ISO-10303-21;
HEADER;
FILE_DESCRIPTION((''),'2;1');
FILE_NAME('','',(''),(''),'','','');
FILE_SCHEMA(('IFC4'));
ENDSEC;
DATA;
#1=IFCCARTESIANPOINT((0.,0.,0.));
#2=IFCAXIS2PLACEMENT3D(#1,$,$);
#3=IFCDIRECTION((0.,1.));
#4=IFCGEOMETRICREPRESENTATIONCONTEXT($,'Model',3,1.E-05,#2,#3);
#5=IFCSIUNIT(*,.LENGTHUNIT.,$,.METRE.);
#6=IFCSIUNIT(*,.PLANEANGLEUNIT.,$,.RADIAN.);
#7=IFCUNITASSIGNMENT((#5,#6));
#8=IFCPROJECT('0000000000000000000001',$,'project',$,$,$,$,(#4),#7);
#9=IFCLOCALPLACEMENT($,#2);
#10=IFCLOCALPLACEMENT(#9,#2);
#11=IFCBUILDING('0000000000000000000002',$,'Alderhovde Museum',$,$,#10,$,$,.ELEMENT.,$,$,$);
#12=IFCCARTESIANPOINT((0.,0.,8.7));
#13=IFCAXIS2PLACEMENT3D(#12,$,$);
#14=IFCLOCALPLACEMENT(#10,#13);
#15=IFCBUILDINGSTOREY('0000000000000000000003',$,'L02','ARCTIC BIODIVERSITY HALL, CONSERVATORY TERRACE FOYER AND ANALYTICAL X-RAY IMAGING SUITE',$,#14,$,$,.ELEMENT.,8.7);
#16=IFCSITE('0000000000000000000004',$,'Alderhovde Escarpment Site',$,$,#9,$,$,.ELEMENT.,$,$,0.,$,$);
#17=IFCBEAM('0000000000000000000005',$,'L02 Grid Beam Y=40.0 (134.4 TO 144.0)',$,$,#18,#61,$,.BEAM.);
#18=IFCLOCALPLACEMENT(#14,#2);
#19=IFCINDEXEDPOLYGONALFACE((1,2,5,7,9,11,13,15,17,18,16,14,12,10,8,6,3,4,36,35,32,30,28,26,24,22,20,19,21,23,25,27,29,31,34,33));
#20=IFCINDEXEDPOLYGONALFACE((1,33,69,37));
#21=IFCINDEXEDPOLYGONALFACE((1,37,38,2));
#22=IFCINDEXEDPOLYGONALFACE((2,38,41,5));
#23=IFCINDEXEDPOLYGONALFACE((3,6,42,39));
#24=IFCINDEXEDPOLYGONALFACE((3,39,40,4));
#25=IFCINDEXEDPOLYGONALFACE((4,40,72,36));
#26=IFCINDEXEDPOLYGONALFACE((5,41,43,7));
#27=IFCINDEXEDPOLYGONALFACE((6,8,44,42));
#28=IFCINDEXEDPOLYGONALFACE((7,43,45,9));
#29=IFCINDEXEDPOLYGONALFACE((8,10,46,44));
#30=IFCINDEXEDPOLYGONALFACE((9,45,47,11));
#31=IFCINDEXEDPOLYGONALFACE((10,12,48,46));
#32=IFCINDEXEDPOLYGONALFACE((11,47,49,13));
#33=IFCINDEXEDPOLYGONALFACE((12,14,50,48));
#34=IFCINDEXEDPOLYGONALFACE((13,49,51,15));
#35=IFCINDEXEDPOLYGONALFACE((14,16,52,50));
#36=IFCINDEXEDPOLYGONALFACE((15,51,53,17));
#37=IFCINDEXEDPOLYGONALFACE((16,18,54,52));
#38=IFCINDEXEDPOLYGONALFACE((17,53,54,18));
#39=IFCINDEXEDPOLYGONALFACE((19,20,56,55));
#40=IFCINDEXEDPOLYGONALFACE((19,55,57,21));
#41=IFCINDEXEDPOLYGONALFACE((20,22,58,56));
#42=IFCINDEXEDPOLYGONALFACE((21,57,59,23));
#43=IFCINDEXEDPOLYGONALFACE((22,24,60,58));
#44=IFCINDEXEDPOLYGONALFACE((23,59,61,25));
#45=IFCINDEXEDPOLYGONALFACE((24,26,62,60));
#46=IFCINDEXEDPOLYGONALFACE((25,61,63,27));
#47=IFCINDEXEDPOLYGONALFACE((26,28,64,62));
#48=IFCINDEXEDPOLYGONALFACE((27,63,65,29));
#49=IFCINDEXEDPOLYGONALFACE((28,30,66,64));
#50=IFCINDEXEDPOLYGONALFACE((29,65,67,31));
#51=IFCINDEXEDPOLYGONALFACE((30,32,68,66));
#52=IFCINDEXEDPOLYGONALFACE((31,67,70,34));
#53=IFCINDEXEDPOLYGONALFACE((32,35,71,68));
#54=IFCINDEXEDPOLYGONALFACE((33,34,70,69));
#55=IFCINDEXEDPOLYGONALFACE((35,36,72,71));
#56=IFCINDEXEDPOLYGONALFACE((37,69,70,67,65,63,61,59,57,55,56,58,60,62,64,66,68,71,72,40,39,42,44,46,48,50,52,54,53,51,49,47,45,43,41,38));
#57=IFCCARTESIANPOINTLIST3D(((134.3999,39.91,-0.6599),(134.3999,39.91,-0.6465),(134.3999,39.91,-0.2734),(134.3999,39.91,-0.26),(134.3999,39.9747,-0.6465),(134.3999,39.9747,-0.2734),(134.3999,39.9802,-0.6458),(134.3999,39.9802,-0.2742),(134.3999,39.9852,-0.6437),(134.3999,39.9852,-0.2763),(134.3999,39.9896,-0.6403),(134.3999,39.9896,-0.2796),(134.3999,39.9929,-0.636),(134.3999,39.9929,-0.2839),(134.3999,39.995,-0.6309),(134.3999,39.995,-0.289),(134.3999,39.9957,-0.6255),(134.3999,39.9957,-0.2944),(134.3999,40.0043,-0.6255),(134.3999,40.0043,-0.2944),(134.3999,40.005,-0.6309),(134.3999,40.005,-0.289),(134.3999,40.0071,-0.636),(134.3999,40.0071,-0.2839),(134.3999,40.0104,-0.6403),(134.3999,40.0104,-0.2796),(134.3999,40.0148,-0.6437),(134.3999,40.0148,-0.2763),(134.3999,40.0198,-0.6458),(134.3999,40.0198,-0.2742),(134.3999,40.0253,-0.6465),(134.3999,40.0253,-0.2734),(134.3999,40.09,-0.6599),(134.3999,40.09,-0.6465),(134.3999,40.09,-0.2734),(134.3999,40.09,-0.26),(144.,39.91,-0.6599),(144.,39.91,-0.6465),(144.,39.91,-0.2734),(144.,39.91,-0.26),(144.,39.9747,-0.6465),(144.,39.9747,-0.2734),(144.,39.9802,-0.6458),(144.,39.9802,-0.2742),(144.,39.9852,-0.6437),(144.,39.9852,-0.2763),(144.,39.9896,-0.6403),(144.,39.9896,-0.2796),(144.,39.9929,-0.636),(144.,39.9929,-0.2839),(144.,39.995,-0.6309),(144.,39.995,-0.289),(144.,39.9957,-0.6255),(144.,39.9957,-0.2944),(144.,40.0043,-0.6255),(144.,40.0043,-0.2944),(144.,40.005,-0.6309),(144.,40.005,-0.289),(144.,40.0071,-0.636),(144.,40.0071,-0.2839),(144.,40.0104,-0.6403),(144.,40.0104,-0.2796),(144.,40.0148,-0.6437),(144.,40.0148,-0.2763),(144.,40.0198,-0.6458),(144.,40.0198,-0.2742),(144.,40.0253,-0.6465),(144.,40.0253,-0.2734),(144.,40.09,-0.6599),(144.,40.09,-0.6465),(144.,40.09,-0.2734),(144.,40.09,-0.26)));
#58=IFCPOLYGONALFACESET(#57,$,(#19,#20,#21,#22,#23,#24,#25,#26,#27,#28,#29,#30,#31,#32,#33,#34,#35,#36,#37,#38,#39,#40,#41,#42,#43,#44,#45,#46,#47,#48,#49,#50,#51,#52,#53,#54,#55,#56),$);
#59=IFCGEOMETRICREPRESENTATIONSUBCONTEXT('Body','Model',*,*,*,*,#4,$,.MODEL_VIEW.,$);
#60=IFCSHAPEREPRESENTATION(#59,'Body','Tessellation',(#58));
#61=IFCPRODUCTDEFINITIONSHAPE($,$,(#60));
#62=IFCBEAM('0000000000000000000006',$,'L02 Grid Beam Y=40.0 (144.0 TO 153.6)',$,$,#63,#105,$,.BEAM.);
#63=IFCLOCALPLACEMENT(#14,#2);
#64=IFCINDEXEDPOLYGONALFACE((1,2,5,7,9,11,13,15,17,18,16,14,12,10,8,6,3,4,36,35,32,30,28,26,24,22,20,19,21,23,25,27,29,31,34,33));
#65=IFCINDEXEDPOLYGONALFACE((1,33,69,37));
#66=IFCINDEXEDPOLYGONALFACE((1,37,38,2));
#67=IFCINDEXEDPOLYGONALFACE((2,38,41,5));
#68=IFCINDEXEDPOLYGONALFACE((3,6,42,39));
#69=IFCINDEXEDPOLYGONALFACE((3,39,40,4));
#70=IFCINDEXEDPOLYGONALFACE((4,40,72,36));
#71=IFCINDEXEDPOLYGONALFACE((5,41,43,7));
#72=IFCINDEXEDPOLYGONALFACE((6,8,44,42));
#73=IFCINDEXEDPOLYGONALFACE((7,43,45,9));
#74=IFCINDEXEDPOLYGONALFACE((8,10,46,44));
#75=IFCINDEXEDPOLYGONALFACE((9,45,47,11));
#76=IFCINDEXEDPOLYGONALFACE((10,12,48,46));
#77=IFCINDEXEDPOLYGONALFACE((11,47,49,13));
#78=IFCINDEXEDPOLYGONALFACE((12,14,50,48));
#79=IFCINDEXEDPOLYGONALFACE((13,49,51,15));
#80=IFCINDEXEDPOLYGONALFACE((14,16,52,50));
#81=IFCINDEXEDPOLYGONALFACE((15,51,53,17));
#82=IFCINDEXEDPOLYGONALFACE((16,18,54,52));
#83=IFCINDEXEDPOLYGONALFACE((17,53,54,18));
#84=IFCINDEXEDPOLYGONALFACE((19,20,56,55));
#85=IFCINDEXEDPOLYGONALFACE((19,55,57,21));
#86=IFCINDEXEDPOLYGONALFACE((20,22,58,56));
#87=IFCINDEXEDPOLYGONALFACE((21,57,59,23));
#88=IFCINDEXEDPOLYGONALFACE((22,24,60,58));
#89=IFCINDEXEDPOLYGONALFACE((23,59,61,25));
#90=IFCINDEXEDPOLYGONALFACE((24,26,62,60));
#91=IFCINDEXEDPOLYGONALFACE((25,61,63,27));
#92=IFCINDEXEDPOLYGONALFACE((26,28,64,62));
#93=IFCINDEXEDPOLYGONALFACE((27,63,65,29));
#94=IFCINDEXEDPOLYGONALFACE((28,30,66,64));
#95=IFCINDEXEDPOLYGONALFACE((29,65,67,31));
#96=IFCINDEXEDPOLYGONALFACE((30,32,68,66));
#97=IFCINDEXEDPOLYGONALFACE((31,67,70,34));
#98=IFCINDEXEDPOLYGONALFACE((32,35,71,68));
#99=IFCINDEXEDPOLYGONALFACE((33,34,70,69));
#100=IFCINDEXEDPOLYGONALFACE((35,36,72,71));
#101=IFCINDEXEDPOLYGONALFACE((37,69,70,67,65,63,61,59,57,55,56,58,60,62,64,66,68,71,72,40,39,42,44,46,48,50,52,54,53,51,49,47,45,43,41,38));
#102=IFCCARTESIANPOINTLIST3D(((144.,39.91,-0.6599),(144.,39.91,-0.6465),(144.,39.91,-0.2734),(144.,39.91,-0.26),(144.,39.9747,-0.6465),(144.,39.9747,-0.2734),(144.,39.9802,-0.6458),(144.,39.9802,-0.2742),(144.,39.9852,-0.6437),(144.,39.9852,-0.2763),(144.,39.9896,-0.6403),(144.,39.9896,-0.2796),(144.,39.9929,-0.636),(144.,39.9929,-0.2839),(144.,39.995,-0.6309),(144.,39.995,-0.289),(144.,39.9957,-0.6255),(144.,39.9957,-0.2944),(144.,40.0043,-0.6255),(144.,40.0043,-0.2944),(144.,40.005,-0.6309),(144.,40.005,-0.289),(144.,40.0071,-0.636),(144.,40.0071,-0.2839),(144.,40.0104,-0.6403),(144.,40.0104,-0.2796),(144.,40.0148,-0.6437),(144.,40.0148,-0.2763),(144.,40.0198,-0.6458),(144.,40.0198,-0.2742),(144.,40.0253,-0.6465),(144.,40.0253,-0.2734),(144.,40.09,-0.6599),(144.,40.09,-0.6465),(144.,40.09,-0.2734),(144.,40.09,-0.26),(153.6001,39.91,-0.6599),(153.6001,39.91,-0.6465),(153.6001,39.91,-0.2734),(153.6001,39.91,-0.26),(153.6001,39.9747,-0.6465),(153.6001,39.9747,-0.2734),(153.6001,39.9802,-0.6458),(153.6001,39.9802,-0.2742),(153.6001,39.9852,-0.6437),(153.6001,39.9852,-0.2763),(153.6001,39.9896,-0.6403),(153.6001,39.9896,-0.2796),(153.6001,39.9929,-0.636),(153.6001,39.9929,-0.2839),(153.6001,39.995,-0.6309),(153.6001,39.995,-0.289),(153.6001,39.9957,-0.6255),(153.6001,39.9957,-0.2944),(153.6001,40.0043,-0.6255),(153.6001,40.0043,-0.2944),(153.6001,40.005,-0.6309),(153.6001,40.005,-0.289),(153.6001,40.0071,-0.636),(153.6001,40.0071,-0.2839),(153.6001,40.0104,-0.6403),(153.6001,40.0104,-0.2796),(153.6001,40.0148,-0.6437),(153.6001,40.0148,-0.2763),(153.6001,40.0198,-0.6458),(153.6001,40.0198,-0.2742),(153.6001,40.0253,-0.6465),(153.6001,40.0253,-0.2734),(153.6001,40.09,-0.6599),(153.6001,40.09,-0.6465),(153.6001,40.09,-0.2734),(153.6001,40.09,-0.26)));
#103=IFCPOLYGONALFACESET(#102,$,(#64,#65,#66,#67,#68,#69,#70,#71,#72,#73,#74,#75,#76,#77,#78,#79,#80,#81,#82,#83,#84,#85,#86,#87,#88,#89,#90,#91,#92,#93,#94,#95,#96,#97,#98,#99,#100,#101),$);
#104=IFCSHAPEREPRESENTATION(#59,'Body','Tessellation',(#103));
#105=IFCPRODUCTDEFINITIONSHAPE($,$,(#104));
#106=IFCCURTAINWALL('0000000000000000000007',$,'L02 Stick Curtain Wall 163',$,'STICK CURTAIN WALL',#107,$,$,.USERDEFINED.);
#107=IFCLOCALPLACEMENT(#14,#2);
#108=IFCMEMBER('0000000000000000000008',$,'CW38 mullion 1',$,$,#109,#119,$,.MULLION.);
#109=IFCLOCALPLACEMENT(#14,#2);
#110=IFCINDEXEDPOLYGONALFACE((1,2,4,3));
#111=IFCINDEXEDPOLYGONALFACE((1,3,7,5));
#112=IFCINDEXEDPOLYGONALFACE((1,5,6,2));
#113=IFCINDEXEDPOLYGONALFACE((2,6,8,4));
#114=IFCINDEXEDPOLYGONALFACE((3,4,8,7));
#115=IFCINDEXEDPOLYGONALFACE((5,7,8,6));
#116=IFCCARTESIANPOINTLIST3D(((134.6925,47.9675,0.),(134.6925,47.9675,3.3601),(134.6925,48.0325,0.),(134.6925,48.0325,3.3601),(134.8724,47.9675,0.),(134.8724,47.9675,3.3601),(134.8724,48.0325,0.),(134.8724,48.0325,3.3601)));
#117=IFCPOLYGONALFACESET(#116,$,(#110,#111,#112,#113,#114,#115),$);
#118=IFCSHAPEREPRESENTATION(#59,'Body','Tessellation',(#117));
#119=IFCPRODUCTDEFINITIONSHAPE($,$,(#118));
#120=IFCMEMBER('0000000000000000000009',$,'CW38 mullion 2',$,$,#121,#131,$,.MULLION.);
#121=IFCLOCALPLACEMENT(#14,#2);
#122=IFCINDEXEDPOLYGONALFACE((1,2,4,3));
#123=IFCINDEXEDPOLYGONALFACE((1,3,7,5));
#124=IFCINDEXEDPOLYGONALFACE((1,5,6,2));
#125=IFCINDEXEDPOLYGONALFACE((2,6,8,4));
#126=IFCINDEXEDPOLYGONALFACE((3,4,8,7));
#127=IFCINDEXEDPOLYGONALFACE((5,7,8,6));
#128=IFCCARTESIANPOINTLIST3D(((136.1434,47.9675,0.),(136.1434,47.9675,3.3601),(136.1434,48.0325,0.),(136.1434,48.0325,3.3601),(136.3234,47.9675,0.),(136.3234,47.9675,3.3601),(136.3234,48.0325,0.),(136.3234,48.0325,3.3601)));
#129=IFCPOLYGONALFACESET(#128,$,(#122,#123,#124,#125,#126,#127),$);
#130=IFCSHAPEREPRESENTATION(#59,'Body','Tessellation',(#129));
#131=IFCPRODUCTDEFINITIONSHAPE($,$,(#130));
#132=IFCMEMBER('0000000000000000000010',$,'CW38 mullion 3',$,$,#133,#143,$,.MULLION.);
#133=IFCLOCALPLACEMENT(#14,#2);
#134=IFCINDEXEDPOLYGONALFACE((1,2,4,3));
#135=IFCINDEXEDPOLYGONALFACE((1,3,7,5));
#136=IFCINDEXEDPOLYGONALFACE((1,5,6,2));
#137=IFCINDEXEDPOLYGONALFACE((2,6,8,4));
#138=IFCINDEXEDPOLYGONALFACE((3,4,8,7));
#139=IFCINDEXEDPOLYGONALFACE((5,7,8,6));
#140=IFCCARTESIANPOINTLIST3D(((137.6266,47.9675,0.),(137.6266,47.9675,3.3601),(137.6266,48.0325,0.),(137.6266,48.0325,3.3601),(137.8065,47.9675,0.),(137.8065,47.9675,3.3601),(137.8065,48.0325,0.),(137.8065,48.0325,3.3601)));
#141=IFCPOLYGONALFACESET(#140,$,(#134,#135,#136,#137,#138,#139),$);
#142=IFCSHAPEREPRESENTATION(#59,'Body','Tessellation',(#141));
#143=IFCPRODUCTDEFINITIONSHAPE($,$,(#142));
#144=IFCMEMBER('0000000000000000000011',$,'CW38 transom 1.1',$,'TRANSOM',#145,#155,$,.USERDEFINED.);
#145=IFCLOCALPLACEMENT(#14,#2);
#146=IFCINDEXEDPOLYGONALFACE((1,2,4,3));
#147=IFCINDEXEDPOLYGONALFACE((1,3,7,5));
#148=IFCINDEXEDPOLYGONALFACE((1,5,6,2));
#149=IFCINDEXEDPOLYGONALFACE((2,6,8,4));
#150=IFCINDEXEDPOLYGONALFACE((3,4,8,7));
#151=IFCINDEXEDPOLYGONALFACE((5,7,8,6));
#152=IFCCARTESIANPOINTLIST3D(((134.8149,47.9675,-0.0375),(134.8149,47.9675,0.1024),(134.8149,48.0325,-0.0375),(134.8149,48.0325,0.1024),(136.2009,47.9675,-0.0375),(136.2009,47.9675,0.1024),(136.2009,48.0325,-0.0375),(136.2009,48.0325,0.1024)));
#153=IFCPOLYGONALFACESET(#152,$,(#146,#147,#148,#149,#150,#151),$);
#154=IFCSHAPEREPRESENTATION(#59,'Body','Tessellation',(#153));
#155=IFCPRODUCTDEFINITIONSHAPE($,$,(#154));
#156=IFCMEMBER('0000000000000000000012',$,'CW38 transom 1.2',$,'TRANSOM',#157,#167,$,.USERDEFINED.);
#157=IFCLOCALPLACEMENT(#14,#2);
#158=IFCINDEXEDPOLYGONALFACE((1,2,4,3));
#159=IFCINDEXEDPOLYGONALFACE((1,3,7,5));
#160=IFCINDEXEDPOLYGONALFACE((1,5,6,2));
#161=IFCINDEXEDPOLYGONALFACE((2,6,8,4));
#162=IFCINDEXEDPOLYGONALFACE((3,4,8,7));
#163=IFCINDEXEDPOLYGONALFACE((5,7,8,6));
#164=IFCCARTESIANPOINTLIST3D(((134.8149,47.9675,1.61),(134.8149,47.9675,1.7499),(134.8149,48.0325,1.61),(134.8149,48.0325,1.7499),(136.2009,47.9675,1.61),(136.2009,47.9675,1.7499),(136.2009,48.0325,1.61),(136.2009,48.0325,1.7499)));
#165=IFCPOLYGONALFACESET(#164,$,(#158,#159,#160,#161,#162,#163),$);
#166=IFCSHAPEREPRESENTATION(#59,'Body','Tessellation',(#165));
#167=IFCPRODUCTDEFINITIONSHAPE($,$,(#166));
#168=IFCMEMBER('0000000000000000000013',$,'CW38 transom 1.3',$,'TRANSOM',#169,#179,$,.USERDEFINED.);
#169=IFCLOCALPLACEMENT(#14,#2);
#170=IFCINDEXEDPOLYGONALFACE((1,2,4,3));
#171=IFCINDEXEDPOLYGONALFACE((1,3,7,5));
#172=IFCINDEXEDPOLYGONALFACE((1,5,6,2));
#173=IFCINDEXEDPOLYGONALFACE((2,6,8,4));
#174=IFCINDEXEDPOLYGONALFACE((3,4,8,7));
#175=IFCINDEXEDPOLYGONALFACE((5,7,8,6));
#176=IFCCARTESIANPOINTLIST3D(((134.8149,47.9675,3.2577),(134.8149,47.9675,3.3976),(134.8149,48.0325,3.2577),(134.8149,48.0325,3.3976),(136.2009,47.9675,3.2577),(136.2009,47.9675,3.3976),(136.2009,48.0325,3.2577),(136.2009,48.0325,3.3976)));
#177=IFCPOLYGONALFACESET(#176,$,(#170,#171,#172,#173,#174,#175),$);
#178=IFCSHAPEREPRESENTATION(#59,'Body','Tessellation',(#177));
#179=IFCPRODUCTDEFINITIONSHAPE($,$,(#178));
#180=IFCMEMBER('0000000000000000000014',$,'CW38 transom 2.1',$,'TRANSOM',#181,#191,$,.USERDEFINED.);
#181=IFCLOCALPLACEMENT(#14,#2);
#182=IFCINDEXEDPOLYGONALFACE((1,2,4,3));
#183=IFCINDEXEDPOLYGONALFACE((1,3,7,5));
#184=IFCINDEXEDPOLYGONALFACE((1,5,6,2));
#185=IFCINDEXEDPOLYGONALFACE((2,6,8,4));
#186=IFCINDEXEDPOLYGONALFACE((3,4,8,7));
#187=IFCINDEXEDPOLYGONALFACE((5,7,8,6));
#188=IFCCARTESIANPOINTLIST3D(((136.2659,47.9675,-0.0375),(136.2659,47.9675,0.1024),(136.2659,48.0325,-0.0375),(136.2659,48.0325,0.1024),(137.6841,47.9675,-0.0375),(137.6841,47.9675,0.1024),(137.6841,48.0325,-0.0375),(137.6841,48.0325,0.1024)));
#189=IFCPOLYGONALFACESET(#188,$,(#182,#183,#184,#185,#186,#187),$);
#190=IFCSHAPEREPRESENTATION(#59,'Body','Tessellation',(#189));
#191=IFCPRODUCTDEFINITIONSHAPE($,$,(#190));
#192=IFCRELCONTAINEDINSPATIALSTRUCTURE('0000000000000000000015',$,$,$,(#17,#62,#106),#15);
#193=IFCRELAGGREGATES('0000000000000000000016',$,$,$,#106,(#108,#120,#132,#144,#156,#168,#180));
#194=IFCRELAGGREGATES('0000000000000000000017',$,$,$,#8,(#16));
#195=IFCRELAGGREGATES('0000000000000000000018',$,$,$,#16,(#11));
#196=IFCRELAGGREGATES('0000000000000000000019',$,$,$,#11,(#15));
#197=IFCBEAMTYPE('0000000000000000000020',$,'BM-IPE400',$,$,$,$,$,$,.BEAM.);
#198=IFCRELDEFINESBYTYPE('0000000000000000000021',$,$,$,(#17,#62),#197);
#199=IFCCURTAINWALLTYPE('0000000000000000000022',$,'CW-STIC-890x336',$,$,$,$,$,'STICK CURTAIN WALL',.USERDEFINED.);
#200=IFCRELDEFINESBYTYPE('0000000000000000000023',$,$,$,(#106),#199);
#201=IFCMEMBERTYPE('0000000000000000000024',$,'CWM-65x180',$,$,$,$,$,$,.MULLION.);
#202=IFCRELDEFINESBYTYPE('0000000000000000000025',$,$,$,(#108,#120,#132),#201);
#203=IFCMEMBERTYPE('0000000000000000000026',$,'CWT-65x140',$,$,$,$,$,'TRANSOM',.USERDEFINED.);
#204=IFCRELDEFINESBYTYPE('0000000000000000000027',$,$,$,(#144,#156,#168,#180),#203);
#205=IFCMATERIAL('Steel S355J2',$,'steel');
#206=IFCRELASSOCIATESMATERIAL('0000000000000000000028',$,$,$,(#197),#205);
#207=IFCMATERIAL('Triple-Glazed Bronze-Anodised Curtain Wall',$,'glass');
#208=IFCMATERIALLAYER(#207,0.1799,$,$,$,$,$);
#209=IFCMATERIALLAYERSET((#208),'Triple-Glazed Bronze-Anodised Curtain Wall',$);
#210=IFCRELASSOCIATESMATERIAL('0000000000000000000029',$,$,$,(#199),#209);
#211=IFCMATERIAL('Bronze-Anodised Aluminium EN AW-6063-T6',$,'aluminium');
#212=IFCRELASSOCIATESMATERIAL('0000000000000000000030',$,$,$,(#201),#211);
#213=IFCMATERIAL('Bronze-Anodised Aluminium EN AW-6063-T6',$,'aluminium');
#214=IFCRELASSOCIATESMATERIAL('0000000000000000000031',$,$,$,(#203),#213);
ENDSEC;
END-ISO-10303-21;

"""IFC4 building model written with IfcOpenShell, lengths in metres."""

from ifc_helpers import new_model, si_unit, direction, frame, origin, origin_2d, place, context, subcontext, project, spatial, rectangle, i_section, extrude, material, layer, layer_set, material_profile, profile_set, type_object, element, aggregate, save


model = new_model("IFC4")

# Units and contexts
model_context = context("Model", 3, precision=1e-05, world=origin(), true_north=direction((0.0, 1.0)))
body_context = subcontext(model_context, "Body", "Model", "MODEL_VIEW")
ifc_project = project(units=[si_unit("LENGTHUNIT", "METRE"), si_unit("PLANEANGLEUNIT", "RADIAN")], contexts=[model_context])

# Site, building, storey
site_placement = place(None, origin())
site = spatial("IfcSite", under=ifc_project, at=site_placement, Name="Alderhovde Escarpment Site", CompositionType="ELEMENT", RefElevation=0.0)
building_placement = place(site_placement, origin())
building = spatial("IfcBuilding", under=site, at=building_placement, Name="Alderhovde Museum", CompositionType="ELEMENT")
storey_placement = place(building_placement, frame((0.0, 0.0, 8.7)))
storey = spatial("IfcBuildingStorey", under=building, at=storey_placement, Name="L02", Description="ARCTIC BIODIVERSITY HALL, CONSERVATORY TERRACE FOYER AND ANALYTICAL X-RAY IMAGING SUITE", CompositionType="ELEMENT", Elevation=8.7)

# Beams
ifc_material_1 = material(Name="Steel S355J2", Category="steel")
ifc_material_profile_1 = material_profile(ifc_material_1, i_section(OverallWidth=0.1799, OverallDepth=0.3999, WebThickness=0.0085, FlangeThickness=0.0134, FilletRadius=0.021, at=origin_2d()), Name="IPE 400")
ifc_profile_set_1 = profile_set([ifc_material_profile_1], Name="Steel S355J2")
beam_type_1 = type_object("IfcBeamType", Name="BM-IPE400", PredefinedType="BEAM", material=ifc_profile_set_1)
for number, where, z_axis, x_axis, name in (
    (1, (134.3999, 40.0, -0.46), (1.0, 0.0, 0.0), (0.0, 1.0, 0.0), "L02 Grid Beam Y=40.0 (134.4 TO 144.0)"),
    (2, (144.0, 40.0, -0.46), (1.0, 0.0, 0.0), (0.0, 1.0, 0.0), "L02 Grid Beam Y=40.0 (144.0 TO 153.6)"),
):
    element("IfcBeam", number, at=place(storey_placement, frame(where, z_axis=z_axis, x_axis=x_axis)), inside=storey, type_object=beam_type_1, Name=name, PredefinedType="BEAM", context=body_context, shape_type="SweptSolid", body=[
        extrude(i_section(OverallWidth=0.1799, OverallDepth=0.3999, WebThickness=0.0085, FlangeThickness=0.0134, FilletRadius=0.021, at=origin_2d()), origin(), (0.0, 0.0, 1.0), 9.6001),
    ])

# Curtain wall, members
ifc_material_2 = material(Name="Triple-Glazed Bronze-Anodised Curtain Wall", Category="glass")
ifc_layer_1 = layer(ifc_material_2, 0.1799)
ifc_layer_set_1 = layer_set([ifc_layer_1], Name="Triple-Glazed Bronze-Anodised Curtain Wall")
curtain_wall_type = type_object("IfcCurtainWallType", Name="CW-STIC-890x336", ElementType="STICK CURTAIN WALL", PredefinedType="USERDEFINED", material=ifc_layer_set_1)
curtain_wall_placement = place(storey_placement, origin())
curtain_wall = element("IfcCurtainWall", 3, at=curtain_wall_placement, inside=storey, type_object=curtain_wall_type, Name="L02 Stick Curtain Wall 163", ObjectType="STICK CURTAIN WALL", PredefinedType="USERDEFINED")
ifc_material_3 = material(Name="Bronze-Anodised Aluminium EN AW-6063-T6", Category="aluminium")
ifc_material_profile_2 = material_profile(ifc_material_3, rectangle(XDim=0.0649, YDim=0.1799, at=origin_2d()), Name="MULLION 65x180")
ifc_profile_set_2 = profile_set([ifc_material_profile_2], Name="Bronze-Anodised Aluminium EN AW-6063-T6")
member_type_1 = type_object("IfcMemberType", Name="CWM-65x180", PredefinedType="MULLION", material=ifc_profile_set_2)
member_1_placement = place(storey_placement, frame((134.7825, 48.0, 0.0), z_axis=(0.0, 0.0, 1.0), x_axis=(0.0, 1.0, 0.0)))
member_1 = element("IfcMember", 4, at=member_1_placement, type_object=member_type_1, Name="CW38 mullion 1", PredefinedType="MULLION", context=body_context, shape_type="SweptSolid", body=[
    extrude(rectangle(XDim=0.0649, YDim=0.1799, at=origin_2d()), origin(), (0.0, 0.0, 1.0), 3.3601),
])
member_2_placement = place(storey_placement, frame((136.2334, 48.0, 0.0), z_axis=(0.0, 0.0, 1.0), x_axis=(0.0, 1.0, 0.0)))
member_2 = element("IfcMember", 5, at=member_2_placement, type_object=member_type_1, Name="CW38 mullion 2", PredefinedType="MULLION", context=body_context, shape_type="SweptSolid", body=[
    extrude(rectangle(XDim=0.0649, YDim=0.1799, at=origin_2d()), origin(), (0.0, 0.0, 1.0), 3.3601),
])
member_3_placement = place(storey_placement, frame((137.7166, 48.0, 0.0), z_axis=(0.0, 0.0, 1.0), x_axis=(0.0, 1.0, 0.0)))
member_3 = element("IfcMember", 6, at=member_3_placement, type_object=member_type_1, Name="CW38 mullion 3", PredefinedType="MULLION", context=body_context, shape_type="SweptSolid", body=[
    extrude(rectangle(XDim=0.0649, YDim=0.1799, at=origin_2d()), origin(), (0.0, 0.0, 1.0), 3.3601),
])
ifc_material_4 = material(Name="Bronze-Anodised Aluminium EN AW-6063-T6", Category="aluminium")
ifc_material_profile_3 = material_profile(ifc_material_4, rectangle(XDim=0.0649, YDim=0.1399, at=origin_2d()), Name="TRANSOM 65x140")
ifc_profile_set_3 = profile_set([ifc_material_profile_3], Name="Bronze-Anodised Aluminium EN AW-6063-T6")
member_type_2 = type_object("IfcMemberType", Name="CWT-65x140", ElementType="TRANSOM", PredefinedType="USERDEFINED", material=ifc_profile_set_3)
member_4_placement = place(storey_placement, frame((134.8149, 48.0, 0.0325), z_axis=(1.0, 0.0, 0.0), x_axis=(0.0, 1.0, 0.0)))
member_4 = element("IfcMember", 7, at=member_4_placement, type_object=member_type_2, Name="CW38 transom 1.1", ObjectType="TRANSOM", PredefinedType="USERDEFINED", context=body_context, shape_type="SweptSolid", body=[
    extrude(rectangle(XDim=0.0649, YDim=0.1399, at=origin_2d()), origin(), (0.0, 0.0, 1.0), 1.386),
])
member_5_placement = place(storey_placement, frame((134.8149, 48.0, 1.6799), z_axis=(1.0, 0.0, 0.0), x_axis=(0.0, 1.0, 0.0)))
member_5 = element("IfcMember", 8, at=member_5_placement, type_object=member_type_2, Name="CW38 transom 1.2", ObjectType="TRANSOM", PredefinedType="USERDEFINED", context=body_context, shape_type="SweptSolid", body=[
    extrude(rectangle(XDim=0.0649, YDim=0.1399, at=origin_2d()), origin(), (0.0, 0.0, 1.0), 1.386),
])
member_6_placement = place(storey_placement, frame((134.8149, 48.0, 3.3276), z_axis=(1.0, 0.0, 0.0), x_axis=(0.0, 1.0, 0.0)))
member_6 = element("IfcMember", 9, at=member_6_placement, type_object=member_type_2, Name="CW38 transom 1.3", ObjectType="TRANSOM", PredefinedType="USERDEFINED", context=body_context, shape_type="SweptSolid", body=[
    extrude(rectangle(XDim=0.0649, YDim=0.1399, at=origin_2d()), origin(), (0.0, 0.0, 1.0), 1.386),
])
member_7_placement = place(storey_placement, frame((136.2659, 48.0, 0.0325), z_axis=(1.0, 0.0, 0.0), x_axis=(0.0, 1.0, 0.0)))
member_7 = element("IfcMember", 10, at=member_7_placement, type_object=member_type_2, Name="CW38 transom 2.1", ObjectType="TRANSOM", PredefinedType="USERDEFINED", context=body_context, shape_type="SweptSolid", body=[
    extrude(rectangle(XDim=0.0649, YDim=0.1399, at=origin_2d()), origin(), (0.0, 0.0, 1.0), 1.4182),
])

aggregate(curtain_wall, [member_1, member_2, member_3, member_4, member_5, member_6, member_7])

save(model, "model.ifc")
